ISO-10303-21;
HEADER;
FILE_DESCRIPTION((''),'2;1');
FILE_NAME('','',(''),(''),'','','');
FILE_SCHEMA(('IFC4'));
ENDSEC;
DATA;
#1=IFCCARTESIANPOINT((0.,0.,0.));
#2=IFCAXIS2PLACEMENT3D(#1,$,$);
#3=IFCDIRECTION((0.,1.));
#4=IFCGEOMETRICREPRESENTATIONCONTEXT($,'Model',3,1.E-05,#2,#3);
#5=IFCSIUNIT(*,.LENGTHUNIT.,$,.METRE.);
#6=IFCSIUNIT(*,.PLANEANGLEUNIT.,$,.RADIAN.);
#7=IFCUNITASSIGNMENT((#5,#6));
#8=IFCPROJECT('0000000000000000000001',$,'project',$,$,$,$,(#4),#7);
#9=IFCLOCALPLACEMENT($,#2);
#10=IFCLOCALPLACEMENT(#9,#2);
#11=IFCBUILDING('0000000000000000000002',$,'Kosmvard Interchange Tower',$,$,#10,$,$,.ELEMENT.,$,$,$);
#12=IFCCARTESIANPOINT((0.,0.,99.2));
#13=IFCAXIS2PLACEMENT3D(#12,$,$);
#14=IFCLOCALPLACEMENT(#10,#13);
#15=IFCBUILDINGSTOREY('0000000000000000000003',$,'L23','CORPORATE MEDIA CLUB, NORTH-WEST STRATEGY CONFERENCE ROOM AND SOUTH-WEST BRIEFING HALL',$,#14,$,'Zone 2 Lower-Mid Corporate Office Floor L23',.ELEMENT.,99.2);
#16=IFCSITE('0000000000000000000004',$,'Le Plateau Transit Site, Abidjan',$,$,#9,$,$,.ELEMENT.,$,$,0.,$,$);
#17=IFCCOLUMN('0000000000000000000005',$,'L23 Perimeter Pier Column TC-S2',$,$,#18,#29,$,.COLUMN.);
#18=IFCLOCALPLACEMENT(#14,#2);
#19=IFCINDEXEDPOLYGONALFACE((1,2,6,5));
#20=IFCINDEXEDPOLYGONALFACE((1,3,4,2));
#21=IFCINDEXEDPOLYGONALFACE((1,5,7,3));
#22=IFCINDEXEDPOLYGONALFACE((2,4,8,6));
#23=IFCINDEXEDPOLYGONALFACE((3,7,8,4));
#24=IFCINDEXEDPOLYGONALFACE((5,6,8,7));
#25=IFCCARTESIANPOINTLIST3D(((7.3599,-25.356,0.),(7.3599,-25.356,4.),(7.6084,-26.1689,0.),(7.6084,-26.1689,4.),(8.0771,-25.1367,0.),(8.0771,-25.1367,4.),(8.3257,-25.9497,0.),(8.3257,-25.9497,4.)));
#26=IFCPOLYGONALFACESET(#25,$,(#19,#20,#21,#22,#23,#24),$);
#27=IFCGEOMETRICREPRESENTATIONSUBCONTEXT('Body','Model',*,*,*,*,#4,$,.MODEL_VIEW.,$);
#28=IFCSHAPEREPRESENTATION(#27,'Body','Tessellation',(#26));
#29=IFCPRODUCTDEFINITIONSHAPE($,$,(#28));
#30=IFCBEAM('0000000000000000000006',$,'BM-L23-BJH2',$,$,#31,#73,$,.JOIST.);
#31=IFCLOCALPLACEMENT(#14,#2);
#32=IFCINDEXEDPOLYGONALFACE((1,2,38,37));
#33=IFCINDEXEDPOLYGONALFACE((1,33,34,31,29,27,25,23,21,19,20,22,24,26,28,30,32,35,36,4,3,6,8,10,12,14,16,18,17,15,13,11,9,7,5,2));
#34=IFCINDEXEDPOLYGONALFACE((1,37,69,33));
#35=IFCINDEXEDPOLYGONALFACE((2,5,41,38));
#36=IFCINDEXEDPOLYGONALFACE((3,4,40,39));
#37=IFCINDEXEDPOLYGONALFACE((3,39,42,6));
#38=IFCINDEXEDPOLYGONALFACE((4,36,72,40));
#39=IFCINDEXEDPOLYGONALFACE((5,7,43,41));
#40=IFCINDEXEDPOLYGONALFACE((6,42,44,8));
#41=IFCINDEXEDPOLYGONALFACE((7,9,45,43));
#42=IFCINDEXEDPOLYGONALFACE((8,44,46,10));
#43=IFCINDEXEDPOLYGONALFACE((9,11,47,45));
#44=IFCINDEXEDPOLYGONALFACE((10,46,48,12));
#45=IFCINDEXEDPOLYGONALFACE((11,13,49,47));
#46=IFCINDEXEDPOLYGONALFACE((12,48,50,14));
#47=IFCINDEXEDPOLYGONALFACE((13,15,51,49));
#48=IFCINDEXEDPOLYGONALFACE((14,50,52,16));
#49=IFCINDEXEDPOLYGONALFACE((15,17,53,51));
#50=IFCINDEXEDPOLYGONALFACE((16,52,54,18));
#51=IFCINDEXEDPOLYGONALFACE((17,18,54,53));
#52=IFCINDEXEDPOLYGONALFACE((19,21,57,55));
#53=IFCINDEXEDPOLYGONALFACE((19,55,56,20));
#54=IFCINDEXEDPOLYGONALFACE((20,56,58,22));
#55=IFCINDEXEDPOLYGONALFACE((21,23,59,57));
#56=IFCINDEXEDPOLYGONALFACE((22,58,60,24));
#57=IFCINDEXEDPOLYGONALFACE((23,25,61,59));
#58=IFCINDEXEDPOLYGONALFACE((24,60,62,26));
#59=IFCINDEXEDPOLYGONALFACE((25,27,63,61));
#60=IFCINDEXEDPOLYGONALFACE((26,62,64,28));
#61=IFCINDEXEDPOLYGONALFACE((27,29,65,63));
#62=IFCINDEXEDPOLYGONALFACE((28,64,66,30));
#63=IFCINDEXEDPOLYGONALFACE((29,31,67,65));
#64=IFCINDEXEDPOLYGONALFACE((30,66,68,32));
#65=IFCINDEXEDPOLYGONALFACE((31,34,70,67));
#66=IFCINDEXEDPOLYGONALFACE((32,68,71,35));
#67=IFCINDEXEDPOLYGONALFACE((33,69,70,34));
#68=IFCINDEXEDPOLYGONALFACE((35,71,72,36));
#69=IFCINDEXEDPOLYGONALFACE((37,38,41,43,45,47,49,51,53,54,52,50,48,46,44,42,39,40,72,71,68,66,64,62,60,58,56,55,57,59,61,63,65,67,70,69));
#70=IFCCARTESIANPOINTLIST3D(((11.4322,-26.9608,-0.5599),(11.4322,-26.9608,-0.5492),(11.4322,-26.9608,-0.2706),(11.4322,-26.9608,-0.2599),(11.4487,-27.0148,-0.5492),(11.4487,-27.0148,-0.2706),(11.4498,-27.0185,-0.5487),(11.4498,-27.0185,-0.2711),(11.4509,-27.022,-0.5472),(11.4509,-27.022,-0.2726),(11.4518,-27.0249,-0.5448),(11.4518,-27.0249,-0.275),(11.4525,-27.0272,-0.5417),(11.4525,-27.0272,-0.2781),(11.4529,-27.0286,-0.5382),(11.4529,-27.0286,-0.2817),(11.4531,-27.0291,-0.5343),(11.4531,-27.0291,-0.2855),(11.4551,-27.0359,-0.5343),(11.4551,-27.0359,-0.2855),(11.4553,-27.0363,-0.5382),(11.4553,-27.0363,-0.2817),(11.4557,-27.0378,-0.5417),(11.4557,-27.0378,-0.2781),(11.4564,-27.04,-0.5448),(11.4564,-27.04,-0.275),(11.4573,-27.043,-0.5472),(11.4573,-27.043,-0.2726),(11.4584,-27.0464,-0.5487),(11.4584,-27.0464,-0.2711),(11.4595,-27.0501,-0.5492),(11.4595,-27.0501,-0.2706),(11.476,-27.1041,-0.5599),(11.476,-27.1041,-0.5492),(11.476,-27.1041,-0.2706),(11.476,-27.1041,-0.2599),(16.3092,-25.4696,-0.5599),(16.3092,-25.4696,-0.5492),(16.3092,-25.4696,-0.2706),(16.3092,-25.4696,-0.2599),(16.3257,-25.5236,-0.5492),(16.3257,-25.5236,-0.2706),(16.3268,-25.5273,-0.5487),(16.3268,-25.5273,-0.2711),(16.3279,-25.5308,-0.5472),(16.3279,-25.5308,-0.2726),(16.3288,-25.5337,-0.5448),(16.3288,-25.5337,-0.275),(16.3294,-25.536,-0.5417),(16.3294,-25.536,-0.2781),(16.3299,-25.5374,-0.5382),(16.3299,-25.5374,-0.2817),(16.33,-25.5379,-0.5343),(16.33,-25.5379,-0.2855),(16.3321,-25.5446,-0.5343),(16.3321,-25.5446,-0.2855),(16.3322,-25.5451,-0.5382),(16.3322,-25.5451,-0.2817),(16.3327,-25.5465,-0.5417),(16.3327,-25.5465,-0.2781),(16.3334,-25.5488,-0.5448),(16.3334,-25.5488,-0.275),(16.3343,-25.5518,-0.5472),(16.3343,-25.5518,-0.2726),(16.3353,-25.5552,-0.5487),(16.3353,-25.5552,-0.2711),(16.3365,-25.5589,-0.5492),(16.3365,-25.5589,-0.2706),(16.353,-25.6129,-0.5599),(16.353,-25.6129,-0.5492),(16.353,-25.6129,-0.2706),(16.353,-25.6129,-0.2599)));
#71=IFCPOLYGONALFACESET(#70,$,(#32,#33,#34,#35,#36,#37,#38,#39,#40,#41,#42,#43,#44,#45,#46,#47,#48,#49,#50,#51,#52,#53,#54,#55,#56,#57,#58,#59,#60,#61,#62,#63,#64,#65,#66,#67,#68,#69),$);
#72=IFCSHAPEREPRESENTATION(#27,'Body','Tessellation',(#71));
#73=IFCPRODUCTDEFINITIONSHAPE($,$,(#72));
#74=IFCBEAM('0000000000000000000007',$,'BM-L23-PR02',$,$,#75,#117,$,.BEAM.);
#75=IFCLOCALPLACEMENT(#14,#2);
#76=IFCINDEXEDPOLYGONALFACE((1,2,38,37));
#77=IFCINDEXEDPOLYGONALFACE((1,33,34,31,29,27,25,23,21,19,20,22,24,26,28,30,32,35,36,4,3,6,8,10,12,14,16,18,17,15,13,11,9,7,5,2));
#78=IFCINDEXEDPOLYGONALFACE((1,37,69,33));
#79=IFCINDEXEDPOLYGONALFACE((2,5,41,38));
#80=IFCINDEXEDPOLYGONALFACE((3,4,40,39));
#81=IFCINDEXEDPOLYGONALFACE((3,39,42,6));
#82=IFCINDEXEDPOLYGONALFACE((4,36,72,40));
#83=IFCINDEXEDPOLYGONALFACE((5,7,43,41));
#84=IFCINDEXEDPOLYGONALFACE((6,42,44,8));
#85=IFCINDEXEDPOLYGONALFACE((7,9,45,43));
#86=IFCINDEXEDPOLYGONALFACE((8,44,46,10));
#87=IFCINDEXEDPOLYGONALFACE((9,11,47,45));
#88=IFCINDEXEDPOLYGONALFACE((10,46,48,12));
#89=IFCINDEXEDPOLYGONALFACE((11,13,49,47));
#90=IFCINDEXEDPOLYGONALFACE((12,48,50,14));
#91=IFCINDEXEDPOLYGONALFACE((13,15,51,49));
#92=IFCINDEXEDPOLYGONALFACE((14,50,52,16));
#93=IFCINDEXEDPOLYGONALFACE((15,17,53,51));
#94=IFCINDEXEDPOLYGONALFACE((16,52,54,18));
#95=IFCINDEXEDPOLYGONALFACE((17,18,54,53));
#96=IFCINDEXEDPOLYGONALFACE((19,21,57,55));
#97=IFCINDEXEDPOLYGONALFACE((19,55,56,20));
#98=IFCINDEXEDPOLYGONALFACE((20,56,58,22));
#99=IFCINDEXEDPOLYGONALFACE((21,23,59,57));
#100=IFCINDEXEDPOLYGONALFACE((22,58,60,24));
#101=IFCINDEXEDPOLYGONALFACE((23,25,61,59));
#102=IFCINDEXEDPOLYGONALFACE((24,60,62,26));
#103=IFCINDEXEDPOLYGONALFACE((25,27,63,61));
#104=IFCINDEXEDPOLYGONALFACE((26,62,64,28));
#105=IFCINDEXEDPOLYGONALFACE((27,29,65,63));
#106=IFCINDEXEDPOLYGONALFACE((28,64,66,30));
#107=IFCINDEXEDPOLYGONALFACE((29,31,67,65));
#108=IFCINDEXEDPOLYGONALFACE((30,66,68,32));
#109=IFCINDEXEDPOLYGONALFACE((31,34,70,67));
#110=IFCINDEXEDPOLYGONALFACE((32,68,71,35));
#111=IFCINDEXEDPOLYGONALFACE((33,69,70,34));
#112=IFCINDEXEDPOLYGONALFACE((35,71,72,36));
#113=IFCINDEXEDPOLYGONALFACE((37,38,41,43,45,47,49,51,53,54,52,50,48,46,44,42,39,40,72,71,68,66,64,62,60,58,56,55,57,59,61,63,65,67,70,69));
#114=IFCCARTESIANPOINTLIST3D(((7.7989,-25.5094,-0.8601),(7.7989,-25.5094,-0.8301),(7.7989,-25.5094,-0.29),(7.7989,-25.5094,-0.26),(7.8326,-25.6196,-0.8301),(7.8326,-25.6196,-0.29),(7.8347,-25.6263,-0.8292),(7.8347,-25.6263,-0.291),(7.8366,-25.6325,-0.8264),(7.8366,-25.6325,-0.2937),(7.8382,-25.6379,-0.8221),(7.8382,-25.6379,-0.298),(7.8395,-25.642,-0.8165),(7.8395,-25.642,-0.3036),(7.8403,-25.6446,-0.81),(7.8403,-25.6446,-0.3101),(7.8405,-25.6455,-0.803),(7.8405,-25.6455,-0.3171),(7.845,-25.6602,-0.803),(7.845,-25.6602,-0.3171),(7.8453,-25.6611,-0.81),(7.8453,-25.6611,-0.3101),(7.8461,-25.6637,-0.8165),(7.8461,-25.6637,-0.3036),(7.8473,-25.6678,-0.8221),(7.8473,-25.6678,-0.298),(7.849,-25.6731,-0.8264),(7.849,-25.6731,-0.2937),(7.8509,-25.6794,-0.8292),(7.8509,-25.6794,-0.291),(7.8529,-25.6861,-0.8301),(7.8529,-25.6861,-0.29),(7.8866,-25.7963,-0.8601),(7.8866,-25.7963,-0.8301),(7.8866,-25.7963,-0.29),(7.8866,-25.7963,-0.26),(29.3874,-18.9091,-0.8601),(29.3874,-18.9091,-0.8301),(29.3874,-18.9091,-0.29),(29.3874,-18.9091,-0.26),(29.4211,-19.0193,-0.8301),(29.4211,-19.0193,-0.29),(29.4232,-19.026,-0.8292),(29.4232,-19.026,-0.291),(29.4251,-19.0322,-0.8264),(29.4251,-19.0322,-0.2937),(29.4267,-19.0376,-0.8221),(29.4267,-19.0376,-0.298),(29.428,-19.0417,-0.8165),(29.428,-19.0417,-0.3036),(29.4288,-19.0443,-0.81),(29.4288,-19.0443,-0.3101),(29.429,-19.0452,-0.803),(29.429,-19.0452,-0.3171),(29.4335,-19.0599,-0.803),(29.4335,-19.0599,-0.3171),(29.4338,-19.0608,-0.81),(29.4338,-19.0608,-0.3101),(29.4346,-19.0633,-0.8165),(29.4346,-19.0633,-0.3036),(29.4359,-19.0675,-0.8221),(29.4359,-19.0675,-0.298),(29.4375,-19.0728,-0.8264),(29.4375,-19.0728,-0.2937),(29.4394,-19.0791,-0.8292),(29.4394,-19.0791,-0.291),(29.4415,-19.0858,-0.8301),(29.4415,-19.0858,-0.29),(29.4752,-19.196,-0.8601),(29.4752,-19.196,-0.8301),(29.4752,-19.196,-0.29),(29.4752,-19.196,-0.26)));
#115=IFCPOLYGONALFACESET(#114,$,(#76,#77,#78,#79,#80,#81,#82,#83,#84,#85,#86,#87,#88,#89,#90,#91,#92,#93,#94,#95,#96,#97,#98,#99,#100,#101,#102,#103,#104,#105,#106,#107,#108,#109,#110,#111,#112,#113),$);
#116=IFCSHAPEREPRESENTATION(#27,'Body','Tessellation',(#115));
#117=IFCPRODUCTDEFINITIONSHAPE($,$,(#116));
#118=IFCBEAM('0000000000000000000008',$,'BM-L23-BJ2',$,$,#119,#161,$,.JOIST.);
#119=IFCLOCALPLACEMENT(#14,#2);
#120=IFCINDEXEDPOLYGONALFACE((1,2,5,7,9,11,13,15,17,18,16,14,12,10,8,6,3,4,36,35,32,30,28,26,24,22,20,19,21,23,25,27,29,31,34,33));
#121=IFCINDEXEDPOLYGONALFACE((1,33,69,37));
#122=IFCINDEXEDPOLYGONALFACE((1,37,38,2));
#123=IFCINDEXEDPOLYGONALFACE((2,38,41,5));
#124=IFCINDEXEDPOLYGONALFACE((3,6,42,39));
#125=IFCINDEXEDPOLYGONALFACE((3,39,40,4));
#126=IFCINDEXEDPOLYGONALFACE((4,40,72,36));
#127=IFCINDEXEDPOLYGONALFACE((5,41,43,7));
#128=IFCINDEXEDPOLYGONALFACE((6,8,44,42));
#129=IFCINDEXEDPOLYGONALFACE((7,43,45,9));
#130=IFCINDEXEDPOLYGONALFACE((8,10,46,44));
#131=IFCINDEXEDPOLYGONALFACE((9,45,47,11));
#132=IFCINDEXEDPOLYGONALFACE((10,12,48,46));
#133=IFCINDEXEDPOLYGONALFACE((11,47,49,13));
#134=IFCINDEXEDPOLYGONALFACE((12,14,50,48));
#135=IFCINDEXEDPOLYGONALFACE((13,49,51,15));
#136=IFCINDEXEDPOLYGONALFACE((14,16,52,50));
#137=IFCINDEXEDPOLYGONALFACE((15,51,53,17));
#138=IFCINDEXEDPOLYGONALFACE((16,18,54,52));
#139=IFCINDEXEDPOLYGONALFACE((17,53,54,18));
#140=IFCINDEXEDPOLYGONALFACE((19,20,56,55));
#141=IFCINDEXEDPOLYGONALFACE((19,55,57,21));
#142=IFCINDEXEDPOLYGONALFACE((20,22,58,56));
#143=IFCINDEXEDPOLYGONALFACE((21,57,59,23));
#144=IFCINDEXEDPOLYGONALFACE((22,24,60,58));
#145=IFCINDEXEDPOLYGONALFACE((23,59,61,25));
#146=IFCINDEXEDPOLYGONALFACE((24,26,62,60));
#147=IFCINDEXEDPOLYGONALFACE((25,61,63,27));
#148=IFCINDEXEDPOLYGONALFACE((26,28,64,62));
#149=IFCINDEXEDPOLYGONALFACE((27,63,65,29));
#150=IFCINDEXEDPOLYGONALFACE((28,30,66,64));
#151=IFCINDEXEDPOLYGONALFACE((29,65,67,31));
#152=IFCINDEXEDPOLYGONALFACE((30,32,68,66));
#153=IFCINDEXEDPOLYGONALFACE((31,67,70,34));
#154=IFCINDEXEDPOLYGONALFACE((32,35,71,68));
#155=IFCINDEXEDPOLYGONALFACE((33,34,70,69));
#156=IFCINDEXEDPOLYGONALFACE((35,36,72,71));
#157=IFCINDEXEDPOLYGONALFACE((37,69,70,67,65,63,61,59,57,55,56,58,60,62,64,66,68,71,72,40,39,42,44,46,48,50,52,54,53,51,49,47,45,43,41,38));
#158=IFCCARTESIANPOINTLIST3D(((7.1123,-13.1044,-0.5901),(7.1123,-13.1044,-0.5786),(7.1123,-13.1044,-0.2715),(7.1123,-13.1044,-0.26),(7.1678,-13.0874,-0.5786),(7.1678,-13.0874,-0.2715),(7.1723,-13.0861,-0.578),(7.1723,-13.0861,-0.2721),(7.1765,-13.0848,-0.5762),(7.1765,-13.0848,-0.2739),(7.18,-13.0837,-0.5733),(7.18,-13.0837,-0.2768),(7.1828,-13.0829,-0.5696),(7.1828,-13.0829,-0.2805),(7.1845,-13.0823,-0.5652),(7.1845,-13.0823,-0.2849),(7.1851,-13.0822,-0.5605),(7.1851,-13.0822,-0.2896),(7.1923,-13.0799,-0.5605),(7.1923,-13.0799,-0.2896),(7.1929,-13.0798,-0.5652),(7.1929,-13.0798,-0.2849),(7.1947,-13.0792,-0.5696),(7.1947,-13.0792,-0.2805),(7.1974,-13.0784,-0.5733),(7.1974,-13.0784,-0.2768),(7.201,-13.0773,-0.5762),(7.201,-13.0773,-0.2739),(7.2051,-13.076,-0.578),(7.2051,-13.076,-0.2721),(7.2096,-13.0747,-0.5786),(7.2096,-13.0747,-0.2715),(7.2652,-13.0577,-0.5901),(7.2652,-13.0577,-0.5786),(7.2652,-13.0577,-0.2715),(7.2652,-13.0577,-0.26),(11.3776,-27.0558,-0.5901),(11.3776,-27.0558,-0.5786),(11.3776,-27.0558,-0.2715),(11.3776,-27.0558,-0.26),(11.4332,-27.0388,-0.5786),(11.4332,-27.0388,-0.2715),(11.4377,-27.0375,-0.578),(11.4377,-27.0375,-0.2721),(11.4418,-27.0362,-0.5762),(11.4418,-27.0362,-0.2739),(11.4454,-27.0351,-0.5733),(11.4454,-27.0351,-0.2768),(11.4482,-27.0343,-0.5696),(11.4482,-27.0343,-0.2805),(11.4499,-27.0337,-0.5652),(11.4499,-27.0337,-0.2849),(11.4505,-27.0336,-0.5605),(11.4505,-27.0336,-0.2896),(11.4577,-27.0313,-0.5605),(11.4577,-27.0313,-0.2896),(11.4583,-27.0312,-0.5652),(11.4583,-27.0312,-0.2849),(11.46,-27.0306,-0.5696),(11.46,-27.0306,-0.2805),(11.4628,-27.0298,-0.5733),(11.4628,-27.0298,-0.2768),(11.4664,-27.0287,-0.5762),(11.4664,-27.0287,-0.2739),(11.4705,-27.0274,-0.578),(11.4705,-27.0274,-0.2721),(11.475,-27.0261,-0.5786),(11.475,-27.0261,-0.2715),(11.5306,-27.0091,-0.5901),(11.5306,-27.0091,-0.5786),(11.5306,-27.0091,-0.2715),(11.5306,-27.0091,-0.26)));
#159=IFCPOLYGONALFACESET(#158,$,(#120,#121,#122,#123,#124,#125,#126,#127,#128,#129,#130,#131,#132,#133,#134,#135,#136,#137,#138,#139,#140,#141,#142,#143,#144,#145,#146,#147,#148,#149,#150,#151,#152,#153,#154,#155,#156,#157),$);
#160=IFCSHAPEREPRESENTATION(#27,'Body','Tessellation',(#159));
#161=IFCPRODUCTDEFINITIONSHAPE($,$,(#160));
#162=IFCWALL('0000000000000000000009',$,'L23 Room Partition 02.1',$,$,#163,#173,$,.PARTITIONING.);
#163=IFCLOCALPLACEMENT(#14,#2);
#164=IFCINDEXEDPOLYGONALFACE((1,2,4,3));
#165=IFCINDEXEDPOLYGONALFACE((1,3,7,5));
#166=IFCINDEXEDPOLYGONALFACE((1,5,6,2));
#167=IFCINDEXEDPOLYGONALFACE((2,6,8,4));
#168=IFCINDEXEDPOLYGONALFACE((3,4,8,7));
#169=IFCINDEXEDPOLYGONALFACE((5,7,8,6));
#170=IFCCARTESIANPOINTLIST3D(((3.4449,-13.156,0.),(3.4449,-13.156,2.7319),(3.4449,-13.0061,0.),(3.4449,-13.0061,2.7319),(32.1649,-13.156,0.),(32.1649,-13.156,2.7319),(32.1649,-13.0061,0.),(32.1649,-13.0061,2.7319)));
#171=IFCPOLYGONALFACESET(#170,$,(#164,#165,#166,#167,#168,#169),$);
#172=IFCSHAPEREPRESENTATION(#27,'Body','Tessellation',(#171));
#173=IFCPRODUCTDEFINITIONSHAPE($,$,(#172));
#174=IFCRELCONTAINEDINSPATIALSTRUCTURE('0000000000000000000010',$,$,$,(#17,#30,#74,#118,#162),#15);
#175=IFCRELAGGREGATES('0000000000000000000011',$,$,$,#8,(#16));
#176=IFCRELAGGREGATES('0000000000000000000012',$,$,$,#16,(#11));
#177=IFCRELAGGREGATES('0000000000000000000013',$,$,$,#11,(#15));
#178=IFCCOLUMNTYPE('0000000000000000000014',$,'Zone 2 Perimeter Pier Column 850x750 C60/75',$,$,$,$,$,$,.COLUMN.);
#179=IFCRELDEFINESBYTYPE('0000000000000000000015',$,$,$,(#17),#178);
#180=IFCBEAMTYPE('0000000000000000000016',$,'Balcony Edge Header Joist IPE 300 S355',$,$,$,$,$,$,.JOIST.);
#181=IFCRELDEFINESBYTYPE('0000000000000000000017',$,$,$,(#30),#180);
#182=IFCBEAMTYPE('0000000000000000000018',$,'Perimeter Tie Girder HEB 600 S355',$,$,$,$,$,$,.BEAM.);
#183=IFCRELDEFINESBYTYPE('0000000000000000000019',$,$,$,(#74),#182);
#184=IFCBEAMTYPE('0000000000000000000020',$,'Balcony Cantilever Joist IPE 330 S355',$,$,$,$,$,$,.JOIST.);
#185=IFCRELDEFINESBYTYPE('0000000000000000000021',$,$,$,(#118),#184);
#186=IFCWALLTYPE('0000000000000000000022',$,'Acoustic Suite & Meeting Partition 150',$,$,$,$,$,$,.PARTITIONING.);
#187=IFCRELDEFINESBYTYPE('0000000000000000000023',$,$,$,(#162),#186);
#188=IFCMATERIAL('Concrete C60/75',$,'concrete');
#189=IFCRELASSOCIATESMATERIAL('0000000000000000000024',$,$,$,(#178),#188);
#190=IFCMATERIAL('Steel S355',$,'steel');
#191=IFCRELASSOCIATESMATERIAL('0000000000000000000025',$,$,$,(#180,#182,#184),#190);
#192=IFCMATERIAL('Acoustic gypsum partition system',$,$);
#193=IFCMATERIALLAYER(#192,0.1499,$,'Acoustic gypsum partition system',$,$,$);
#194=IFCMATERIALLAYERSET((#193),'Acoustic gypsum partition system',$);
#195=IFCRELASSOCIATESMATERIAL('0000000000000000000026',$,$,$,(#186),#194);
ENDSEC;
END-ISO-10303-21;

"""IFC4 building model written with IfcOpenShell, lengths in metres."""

from ifc_helpers import new_model, si_unit, direction, frame, frame_2d, origin, origin_2d, place, context, subcontext, project, spatial, rectangle, i_section, extrude, source, transform, mapped, material, layer, layer_set, material_profile, profile_set, type_object, element, save


model = new_model("IFC4")

# Units and contexts
model_context = context("Model", 3, precision=1e-05, world=origin(), true_north=direction((0.0, 1.0)))
body_context = subcontext(model_context, "Body", "Model", "MODEL_VIEW")
ifc_project = project(units=[si_unit("LENGTHUNIT", "METRE"), si_unit("PLANEANGLEUNIT", "RADIAN")], contexts=[model_context])

# Site, building, storey
site_placement = place(None, origin())
site = spatial("IfcSite", under=ifc_project, at=site_placement, Name="Le Plateau Transit Site, Abidjan", CompositionType="ELEMENT", RefElevation=0.0)
building_placement = place(site_placement, origin())
building = spatial("IfcBuilding", under=site, at=building_placement, Name="Kosmvard Interchange Tower", CompositionType="ELEMENT")
storey_placement = place(building_placement, frame((0.0, 0.0, 99.2)))
storey = spatial("IfcBuildingStorey", under=building, at=storey_placement, Name="L23", Description="CORPORATE MEDIA CLUB, NORTH-WEST STRATEGY CONFERENCE ROOM AND SOUTH-WEST BRIEFING HALL", LongName="Zone 2 Lower-Mid Corporate Office Floor L23", CompositionType="ELEMENT", Elevation=99.2)

# Column
ifc_material_1 = material(Name="Concrete C60/75", Category="concrete")
ifc_material_profile_1 = material_profile(ifc_material_1, rectangle(XDim=0.75, YDim=0.8501, at=origin_2d()), Name="TC 850x750")
ifc_profile_set_1 = profile_set([ifc_material_profile_1], Name="Concrete C60/75")
column_type = type_object("IfcColumnType", Name="Zone 2 Perimeter Pier Column 850x750 C60/75", PredefinedType="COLUMN", material=ifc_profile_set_1)
shared_shape_1 = source(origin(), body_context, "Body", "SweptSolid", [
    extrude(rectangle(XDim=0.75, YDim=0.8501, at=origin_2d()), origin(), (0.0, 0.0, 1.0), 4.0),
])
column_placement = place(storey_placement, frame((7.8428, -25.6528, 0.0), z_axis=(0.0, 0.0, 1.0), x_axis=(0.956305, 0.292372, 0.0)))
element("IfcColumn", 1, at=column_placement, inside=storey, type_object=column_type, Name="L23 Perimeter Pier Column TC-S2", PredefinedType="COLUMN", context=body_context, shape_type="MappedRepresentation", body=[
    mapped(shared_shape_1, transform((0.0, 0.0, 0.0), scale=1.0)),
])

# Beams
ifc_material_2 = material(Name="Steel S355", Category="steel")
ifc_material_profile_2 = material_profile(ifc_material_2, i_section(OverallWidth=0.1499, OverallDepth=0.3, WebThickness=0.0071, FlangeThickness=0.0107, FilletRadius=0.0149, at=origin_2d()), Name="IPE 300")
ifc_profile_set_2 = profile_set([ifc_material_profile_2], Name="Steel S355")
beam_type_1 = type_object("IfcBeamType", Name="Balcony Edge Header Joist IPE 300 S355", PredefinedType="JOIST", material=ifc_profile_set_2)
shared_shape_2 = source(origin(), body_context, "Body", "SweptSolid", [
    extrude(i_section(OverallWidth=0.1499, OverallDepth=0.3, WebThickness=0.0071, FlangeThickness=0.0107, FilletRadius=0.0149, at=origin_2d()), origin(), (0.0, 0.0, 1.0), 5.0999),
])
beam_1_placement = place(storey_placement, frame((11.4541, -27.0325, -0.4099), z_axis=(0.956295, 0.292403, 0.0), x_axis=(-0.292403, 0.956295, 0.0)))
element("IfcBeam", 2, at=beam_1_placement, inside=storey, type_object=beam_type_1, Name="BM-L23-BJH2", PredefinedType="JOIST", context=body_context, shape_type="MappedRepresentation", body=[
    mapped(shared_shape_2, transform((0.0, 0.0, 0.0), scale=1.0)),
])
ifc_material_profile_3 = material_profile(ifc_material_2, i_section(OverallWidth=0.3, OverallDepth=0.6001, WebThickness=0.0154, FlangeThickness=0.03, FilletRadius=0.0271, at=origin_2d()), Name="HEB 600")
ifc_profile_set_3 = profile_set([ifc_material_profile_3], Name="Steel S355")
beam_type_2 = type_object("IfcBeamType", Name="Perimeter Tie Girder HEB 600 S355", PredefinedType="BEAM", material=ifc_profile_set_3)
shared_shape_3 = source(origin(), body_context, "Body", "SweptSolid", [
    extrude(i_section(OverallWidth=0.3, OverallDepth=0.6001, WebThickness=0.0154, FlangeThickness=0.03, FilletRadius=0.0271, at=origin_2d()), origin(), (0.0, 0.0, 1.0), 22.575),
])
beam_2_placement = place(storey_placement, frame((7.8428, -25.6528, -0.5601), z_axis=(0.956304, 0.292373, 0.0), x_axis=(-0.292373, 0.956304, 0.0)))
element("IfcBeam", 3, at=beam_2_placement, inside=storey, type_object=beam_type_2, Name="BM-L23-PR02", PredefinedType="BEAM", context=body_context, shape_type="MappedRepresentation", body=[
    mapped(shared_shape_3, transform((0.0, 0.0, 0.0), scale=1.0)),
])
ifc_material_profile_4 = material_profile(ifc_material_2, i_section(OverallWidth=0.1599, OverallDepth=0.3301, WebThickness=0.0076, FlangeThickness=0.0115, FilletRadius=0.0181, at=origin_2d()), Name="IPE 330")
ifc_profile_set_4 = profile_set([ifc_material_profile_4], Name="Steel S355")
beam_type_3 = type_object("IfcBeamType", Name="Balcony Cantilever Joist IPE 330 S355", PredefinedType="JOIST", material=ifc_profile_set_4)
shared_shape_4 = source(origin(), body_context, "Body", "SweptSolid", [
    extrude(i_section(OverallWidth=0.1599, OverallDepth=0.3301, WebThickness=0.0076, FlangeThickness=0.0115, FilletRadius=0.0181, at=origin_2d()), origin(), (0.0, 0.0, 1.0), 14.5889),
])
beam_3_placement = place(storey_placement, frame((7.1887, -13.0811, -0.425), z_axis=(0.292372, -0.956305, 0.0), x_axis=(0.956305, 0.292372, 0.0)))
element("IfcBeam", 4, at=beam_3_placement, inside=storey, type_object=beam_type_3, Name="BM-L23-BJ2", PredefinedType="JOIST", context=body_context, shape_type="MappedRepresentation", body=[
    mapped(shared_shape_4, transform((0.0, 0.0, 0.0), scale=1.0)),
])

# Wall
ifc_material_3 = material(Name="Acoustic gypsum partition system")
ifc_layer_1 = layer(ifc_material_3, 0.1499, Name="Acoustic gypsum partition system")
ifc_layer_set_1 = layer_set([ifc_layer_1], Name="Acoustic gypsum partition system")
wall_type_1 = type_object("IfcWallType", Name="Acoustic Suite & Meeting Partition 150", PredefinedType="PARTITIONING", material=ifc_layer_set_1)
wall_1_placement = place(storey_placement, frame((3.4451, -13.0811, 0.0), z_axis=(0.0, 0.0, 1.0), x_axis=(1.0, 0.0, 0.0)))
element("IfcWall", 5, at=wall_1_placement, inside=storey, type_object=wall_type_1, Name="L23 Room Partition 02.1", PredefinedType="PARTITIONING", context=body_context, shape_type="SweptSolid", body=[
    extrude(rectangle(XDim=28.72, YDim=0.1499, at=frame_2d((14.3599, 0.0))), origin(), (0.0, 0.0, 1.0), 2.7319),
])

save(model, "model.ifc")
